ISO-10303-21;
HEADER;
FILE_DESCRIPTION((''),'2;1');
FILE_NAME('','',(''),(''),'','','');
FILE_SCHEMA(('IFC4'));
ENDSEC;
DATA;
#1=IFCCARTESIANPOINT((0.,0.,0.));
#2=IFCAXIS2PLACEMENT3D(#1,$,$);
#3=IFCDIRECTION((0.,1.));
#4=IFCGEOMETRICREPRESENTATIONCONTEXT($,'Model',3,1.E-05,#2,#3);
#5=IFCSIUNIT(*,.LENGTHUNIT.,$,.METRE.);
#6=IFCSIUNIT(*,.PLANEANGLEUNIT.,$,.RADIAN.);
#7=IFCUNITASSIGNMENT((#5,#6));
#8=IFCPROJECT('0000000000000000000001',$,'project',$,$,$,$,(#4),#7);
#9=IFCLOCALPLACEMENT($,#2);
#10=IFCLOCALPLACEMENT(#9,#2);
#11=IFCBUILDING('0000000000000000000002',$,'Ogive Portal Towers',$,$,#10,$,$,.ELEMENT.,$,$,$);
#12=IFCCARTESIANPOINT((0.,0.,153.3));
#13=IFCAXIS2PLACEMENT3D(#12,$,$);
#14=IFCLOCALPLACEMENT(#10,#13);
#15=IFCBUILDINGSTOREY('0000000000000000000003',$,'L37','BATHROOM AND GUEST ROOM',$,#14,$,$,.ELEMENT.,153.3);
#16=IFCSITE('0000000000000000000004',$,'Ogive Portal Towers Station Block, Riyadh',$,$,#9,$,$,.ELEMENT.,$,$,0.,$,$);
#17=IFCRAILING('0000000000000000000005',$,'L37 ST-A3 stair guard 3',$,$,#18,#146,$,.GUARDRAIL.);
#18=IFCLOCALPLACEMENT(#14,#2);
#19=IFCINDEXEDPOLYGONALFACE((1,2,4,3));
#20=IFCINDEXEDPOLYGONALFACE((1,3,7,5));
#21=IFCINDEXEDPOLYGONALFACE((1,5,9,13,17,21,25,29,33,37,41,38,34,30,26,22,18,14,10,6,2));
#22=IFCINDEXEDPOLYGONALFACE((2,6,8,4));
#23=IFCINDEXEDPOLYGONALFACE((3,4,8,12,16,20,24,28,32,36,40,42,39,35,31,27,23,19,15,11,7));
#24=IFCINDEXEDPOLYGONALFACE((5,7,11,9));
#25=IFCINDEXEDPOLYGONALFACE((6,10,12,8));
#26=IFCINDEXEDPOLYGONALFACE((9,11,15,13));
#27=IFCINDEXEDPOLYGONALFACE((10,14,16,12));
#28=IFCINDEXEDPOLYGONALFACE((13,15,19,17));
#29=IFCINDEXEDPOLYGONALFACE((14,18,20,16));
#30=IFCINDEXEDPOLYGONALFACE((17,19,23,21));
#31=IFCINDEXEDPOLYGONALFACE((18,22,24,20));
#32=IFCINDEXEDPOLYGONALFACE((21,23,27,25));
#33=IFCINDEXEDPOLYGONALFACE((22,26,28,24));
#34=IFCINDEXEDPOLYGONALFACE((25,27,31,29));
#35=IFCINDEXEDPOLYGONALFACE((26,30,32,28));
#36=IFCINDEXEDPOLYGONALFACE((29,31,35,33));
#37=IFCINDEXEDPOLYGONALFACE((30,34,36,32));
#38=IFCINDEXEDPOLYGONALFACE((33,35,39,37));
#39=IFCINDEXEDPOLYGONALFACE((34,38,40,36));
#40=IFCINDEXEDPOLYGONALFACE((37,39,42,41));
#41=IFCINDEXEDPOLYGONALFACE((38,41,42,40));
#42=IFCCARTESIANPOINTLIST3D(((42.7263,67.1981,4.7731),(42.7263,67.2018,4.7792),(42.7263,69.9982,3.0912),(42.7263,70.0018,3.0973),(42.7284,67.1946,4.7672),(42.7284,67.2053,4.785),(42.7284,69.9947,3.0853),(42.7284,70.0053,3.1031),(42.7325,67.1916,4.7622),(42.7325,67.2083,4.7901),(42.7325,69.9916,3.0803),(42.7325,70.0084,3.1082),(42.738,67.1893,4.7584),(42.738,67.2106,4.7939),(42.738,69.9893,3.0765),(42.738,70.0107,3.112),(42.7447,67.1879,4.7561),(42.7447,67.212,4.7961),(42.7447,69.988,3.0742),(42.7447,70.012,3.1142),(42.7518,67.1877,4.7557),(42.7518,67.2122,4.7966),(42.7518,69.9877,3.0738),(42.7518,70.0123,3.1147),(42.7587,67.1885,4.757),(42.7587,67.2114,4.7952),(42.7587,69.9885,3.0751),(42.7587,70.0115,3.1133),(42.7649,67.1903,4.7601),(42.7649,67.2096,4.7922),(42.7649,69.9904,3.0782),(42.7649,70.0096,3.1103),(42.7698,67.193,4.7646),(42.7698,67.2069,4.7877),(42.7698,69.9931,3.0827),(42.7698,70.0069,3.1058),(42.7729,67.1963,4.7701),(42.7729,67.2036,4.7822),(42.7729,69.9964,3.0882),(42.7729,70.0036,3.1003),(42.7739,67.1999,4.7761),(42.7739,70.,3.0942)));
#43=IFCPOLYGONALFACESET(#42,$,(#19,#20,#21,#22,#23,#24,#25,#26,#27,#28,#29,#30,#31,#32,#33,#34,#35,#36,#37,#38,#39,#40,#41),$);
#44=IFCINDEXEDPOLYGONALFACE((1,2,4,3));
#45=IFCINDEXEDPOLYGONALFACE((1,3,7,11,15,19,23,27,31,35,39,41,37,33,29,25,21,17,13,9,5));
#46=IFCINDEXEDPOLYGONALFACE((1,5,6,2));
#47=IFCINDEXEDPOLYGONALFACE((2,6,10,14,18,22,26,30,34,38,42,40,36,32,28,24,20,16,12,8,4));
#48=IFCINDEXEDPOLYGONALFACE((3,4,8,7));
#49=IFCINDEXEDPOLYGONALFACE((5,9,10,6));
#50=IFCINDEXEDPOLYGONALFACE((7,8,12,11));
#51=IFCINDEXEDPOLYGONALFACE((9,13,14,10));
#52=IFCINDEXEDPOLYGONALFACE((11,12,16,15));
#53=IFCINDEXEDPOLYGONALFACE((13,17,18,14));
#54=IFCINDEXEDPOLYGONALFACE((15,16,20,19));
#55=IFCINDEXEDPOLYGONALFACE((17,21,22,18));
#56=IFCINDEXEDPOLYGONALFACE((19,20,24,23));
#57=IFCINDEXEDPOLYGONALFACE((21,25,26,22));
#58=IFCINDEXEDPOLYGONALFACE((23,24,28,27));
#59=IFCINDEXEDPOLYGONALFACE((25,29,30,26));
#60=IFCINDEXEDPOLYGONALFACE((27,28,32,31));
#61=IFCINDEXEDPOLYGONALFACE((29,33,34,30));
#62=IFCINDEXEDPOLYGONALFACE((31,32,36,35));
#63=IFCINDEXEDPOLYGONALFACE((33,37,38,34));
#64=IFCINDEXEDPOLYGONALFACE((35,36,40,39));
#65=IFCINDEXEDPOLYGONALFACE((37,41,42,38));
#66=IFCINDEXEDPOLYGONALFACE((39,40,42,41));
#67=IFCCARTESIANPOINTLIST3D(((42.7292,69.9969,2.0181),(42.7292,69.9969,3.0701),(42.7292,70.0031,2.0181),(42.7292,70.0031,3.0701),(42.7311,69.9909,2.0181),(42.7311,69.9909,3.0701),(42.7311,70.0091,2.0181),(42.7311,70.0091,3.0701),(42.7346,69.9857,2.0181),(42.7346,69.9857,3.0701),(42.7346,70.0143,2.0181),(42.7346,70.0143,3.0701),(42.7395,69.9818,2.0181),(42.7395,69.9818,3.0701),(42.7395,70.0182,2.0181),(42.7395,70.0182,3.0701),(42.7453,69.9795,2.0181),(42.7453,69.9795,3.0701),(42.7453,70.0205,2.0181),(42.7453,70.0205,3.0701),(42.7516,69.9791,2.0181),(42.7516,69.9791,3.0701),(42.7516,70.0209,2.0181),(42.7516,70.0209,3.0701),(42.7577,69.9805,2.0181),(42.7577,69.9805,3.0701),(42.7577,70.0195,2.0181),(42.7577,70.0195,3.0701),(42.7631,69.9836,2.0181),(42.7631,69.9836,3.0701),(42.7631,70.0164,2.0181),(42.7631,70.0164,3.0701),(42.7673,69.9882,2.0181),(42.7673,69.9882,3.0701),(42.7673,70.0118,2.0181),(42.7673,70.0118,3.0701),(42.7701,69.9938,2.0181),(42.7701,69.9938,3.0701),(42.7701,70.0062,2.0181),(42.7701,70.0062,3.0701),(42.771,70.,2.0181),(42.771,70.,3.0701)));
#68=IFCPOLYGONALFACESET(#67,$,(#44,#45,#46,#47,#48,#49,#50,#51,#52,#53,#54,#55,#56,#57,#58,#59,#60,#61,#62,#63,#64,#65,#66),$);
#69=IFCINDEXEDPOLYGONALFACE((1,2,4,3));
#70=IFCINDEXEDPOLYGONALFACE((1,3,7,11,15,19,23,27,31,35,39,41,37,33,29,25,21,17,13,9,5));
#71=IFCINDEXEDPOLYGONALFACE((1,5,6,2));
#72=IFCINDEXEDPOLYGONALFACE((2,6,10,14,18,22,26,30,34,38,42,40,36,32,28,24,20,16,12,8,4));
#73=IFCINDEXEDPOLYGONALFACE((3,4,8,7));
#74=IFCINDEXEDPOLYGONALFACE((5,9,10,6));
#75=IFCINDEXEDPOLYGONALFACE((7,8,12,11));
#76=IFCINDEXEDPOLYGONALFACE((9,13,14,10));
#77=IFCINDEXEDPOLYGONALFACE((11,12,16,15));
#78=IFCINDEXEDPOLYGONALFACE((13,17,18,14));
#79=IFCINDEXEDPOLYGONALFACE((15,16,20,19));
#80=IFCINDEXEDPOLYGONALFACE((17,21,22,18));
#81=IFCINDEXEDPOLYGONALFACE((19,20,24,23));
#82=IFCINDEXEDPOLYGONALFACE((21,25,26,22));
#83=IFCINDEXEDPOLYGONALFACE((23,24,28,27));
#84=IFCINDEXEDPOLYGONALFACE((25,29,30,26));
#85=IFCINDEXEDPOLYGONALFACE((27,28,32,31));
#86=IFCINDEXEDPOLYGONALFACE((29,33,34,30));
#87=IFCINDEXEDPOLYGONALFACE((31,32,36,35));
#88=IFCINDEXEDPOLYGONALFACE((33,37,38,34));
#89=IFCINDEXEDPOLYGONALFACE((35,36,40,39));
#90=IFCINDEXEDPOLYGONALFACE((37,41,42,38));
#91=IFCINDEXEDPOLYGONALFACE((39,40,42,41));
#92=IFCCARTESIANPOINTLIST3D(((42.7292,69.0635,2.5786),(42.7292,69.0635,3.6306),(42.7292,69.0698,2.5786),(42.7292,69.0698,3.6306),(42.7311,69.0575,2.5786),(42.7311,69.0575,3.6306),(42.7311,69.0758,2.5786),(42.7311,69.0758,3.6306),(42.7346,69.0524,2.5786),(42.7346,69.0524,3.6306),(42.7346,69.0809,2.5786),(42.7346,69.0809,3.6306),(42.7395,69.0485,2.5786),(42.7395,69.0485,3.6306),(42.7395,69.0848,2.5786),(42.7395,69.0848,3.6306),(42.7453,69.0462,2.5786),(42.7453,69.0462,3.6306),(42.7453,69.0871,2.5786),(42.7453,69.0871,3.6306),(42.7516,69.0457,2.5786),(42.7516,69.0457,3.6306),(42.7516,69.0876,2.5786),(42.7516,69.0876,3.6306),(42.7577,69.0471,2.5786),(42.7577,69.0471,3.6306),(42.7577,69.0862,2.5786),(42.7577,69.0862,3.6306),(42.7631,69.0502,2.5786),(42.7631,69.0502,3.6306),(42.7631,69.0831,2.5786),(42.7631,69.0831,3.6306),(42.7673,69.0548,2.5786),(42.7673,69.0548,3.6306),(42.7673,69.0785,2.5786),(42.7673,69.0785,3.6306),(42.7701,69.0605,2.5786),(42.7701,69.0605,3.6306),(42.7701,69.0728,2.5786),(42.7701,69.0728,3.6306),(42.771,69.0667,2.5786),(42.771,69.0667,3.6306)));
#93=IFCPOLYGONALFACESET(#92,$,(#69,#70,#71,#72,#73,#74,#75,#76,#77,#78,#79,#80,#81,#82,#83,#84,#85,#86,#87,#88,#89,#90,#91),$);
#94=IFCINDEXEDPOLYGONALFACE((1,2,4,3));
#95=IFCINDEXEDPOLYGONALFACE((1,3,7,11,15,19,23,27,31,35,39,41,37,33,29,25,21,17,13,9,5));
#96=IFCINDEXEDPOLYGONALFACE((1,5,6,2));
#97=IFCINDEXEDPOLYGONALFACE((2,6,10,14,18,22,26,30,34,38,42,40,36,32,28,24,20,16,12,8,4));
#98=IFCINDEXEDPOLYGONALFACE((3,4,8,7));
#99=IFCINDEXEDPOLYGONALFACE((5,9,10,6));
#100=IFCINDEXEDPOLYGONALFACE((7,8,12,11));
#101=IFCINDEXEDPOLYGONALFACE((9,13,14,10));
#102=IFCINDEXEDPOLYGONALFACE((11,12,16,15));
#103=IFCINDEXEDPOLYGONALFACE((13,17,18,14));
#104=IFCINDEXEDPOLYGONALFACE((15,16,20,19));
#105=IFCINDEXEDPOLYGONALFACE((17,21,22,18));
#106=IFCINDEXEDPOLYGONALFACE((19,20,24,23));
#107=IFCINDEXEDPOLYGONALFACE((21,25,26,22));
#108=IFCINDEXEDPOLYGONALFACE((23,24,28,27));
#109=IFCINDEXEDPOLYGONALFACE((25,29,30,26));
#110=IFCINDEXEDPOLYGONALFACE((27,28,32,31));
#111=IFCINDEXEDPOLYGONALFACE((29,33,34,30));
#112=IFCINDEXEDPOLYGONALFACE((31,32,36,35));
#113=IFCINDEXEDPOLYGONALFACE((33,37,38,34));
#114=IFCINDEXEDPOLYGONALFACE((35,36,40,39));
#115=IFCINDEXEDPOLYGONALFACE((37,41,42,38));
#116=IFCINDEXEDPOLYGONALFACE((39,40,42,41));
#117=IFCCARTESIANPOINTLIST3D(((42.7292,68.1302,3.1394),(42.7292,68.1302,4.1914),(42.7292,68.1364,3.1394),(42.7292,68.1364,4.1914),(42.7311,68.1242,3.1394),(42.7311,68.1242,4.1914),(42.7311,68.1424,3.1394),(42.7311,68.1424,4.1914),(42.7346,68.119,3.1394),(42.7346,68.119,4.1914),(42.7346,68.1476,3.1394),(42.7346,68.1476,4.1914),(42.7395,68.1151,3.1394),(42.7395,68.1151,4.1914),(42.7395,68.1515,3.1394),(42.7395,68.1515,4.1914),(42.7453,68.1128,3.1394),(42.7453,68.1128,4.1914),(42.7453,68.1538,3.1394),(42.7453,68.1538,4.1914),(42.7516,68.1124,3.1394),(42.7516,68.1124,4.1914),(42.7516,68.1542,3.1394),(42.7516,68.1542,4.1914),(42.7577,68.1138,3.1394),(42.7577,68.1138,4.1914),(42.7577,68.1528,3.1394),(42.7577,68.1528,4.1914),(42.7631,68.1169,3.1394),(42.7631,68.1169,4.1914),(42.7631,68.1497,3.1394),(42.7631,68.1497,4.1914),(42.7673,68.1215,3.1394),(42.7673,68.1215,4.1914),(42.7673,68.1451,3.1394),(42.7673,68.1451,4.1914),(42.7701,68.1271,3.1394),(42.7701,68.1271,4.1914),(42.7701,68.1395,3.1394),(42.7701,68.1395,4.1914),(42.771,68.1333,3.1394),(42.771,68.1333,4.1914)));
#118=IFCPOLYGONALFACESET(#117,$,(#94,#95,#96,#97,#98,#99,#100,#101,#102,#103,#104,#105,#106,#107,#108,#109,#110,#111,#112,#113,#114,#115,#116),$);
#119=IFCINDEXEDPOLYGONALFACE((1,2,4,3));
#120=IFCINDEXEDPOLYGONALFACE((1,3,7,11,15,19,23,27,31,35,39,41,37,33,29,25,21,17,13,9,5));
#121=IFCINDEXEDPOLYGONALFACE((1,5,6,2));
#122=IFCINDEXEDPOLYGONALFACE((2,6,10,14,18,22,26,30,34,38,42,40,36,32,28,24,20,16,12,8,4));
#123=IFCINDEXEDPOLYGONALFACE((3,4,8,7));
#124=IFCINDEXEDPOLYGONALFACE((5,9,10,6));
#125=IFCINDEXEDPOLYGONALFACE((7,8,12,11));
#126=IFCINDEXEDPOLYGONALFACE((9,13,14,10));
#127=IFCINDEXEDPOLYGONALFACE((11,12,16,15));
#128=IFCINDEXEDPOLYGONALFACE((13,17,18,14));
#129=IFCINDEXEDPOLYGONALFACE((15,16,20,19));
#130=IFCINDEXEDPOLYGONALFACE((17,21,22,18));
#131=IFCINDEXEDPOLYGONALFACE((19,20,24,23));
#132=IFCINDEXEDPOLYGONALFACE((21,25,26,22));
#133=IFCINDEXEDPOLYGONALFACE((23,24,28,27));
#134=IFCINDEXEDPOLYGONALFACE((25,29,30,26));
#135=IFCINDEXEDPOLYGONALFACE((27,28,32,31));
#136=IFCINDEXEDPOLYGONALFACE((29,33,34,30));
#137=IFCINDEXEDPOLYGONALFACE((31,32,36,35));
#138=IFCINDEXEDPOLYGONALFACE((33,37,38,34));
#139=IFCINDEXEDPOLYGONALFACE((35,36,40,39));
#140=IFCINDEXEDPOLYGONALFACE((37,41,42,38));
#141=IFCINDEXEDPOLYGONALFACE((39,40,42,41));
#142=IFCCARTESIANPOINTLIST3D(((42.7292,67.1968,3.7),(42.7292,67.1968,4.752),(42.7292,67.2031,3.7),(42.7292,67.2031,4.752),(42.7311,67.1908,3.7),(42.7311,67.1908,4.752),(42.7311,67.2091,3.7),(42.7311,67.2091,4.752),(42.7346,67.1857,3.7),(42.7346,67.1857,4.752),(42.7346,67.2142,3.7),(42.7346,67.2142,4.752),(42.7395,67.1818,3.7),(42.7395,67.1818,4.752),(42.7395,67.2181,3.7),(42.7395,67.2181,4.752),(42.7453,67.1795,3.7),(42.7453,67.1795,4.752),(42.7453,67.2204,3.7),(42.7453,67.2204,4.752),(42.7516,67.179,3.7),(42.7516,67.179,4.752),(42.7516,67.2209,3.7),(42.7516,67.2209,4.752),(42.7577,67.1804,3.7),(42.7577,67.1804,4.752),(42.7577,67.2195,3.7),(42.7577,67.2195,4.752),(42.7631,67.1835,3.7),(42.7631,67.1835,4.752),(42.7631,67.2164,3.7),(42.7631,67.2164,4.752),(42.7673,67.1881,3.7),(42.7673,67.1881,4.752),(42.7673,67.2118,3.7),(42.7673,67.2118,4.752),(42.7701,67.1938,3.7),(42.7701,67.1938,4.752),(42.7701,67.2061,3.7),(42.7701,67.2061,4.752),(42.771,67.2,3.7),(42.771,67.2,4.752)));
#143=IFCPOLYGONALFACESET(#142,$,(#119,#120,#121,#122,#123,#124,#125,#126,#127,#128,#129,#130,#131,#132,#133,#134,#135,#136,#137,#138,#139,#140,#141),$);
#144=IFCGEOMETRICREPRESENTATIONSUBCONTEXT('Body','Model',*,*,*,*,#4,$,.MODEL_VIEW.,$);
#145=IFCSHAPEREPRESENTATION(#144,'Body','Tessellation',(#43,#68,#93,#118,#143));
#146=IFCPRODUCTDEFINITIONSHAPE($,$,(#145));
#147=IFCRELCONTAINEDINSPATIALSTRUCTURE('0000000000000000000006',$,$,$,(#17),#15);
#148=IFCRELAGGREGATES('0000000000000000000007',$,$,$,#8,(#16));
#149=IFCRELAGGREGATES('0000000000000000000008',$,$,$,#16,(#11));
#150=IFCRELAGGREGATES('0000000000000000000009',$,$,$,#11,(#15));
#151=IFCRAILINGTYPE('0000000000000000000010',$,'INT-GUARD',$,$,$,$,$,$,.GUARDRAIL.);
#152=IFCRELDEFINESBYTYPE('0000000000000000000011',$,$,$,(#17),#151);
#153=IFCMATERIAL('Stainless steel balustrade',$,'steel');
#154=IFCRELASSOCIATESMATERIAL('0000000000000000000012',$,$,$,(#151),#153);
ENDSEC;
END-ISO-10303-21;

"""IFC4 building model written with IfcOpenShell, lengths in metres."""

from ifc_helpers import new_model, si_unit, direction, frame, origin, origin_2d, place, context, subcontext, project, spatial, circle, extrude, material, type_object, element, save


model = new_model("IFC4")

# Units and contexts
model_context = context("Model", 3, precision=1e-05, world=origin(), true_north=direction((0.0, 1.0)))
body_context = subcontext(model_context, "Body", "Model", "MODEL_VIEW")
ifc_project = project(units=[si_unit("LENGTHUNIT", "METRE"), si_unit("PLANEANGLEUNIT", "RADIAN")], contexts=[model_context])

# Site, building, storey
site_placement = place(None, origin())
site = spatial("IfcSite", under=ifc_project, at=site_placement, Name="Ogive Portal Towers Station Block, Riyadh", CompositionType="ELEMENT", RefElevation=0.0)
building_placement = place(site_placement, origin())
building = spatial("IfcBuilding", under=site, at=building_placement, Name="Ogive Portal Towers", CompositionType="ELEMENT")
storey_placement = place(building_placement, frame((0.0, 0.0, 153.3)))
storey = spatial("IfcBuildingStorey", under=building, at=storey_placement, Name="L37", Description="BATHROOM AND GUEST ROOM", CompositionType="ELEMENT", Elevation=153.3)

# Railing
ifc_material_1 = material(Name="Stainless steel balustrade", Category="steel")
railing_type_1 = type_object("IfcRailingType", Name="INT-GUARD", PredefinedType="GUARDRAIL", material=ifc_material_1)
railing_1_placement = place(storey_placement, frame((42.75, 70.0, 2.0181)))
element("IfcRailing", 1, at=railing_1_placement, inside=storey, type_object=railing_type_1, Name="L37 ST-A3 stair guard 3", PredefinedType="GUARDRAIL", context=body_context, shape_type="SweptSolid", body=[
    extrude(circle(Radius=0.0239, at=origin_2d()), frame((0.0, 0.0, 1.0762), z_axis=(0.0, -0.857242, 0.514913), x_axis=(1.0, 0.0, 0.0)), (0.0, 0.0, 1.0), 3.2664),
    extrude(circle(Radius=0.021, at=origin_2d()), origin(), (0.0, 0.0, 1.0), 1.052),
    extrude(circle(Radius=0.021, at=origin_2d()), frame((0.0, -0.9333, 0.5605)), (0.0, 0.0, 1.0), 1.052),
    extrude(circle(Radius=0.021, at=origin_2d()), frame((0.0, -1.8667, 1.1213)), (0.0, 0.0, 1.0), 1.052),
    extrude(circle(Radius=0.021, at=origin_2d()), frame((0.0, -2.8, 1.6819)), (0.0, 0.0, 1.0), 1.052),
])

save(model, "model.ifc")
